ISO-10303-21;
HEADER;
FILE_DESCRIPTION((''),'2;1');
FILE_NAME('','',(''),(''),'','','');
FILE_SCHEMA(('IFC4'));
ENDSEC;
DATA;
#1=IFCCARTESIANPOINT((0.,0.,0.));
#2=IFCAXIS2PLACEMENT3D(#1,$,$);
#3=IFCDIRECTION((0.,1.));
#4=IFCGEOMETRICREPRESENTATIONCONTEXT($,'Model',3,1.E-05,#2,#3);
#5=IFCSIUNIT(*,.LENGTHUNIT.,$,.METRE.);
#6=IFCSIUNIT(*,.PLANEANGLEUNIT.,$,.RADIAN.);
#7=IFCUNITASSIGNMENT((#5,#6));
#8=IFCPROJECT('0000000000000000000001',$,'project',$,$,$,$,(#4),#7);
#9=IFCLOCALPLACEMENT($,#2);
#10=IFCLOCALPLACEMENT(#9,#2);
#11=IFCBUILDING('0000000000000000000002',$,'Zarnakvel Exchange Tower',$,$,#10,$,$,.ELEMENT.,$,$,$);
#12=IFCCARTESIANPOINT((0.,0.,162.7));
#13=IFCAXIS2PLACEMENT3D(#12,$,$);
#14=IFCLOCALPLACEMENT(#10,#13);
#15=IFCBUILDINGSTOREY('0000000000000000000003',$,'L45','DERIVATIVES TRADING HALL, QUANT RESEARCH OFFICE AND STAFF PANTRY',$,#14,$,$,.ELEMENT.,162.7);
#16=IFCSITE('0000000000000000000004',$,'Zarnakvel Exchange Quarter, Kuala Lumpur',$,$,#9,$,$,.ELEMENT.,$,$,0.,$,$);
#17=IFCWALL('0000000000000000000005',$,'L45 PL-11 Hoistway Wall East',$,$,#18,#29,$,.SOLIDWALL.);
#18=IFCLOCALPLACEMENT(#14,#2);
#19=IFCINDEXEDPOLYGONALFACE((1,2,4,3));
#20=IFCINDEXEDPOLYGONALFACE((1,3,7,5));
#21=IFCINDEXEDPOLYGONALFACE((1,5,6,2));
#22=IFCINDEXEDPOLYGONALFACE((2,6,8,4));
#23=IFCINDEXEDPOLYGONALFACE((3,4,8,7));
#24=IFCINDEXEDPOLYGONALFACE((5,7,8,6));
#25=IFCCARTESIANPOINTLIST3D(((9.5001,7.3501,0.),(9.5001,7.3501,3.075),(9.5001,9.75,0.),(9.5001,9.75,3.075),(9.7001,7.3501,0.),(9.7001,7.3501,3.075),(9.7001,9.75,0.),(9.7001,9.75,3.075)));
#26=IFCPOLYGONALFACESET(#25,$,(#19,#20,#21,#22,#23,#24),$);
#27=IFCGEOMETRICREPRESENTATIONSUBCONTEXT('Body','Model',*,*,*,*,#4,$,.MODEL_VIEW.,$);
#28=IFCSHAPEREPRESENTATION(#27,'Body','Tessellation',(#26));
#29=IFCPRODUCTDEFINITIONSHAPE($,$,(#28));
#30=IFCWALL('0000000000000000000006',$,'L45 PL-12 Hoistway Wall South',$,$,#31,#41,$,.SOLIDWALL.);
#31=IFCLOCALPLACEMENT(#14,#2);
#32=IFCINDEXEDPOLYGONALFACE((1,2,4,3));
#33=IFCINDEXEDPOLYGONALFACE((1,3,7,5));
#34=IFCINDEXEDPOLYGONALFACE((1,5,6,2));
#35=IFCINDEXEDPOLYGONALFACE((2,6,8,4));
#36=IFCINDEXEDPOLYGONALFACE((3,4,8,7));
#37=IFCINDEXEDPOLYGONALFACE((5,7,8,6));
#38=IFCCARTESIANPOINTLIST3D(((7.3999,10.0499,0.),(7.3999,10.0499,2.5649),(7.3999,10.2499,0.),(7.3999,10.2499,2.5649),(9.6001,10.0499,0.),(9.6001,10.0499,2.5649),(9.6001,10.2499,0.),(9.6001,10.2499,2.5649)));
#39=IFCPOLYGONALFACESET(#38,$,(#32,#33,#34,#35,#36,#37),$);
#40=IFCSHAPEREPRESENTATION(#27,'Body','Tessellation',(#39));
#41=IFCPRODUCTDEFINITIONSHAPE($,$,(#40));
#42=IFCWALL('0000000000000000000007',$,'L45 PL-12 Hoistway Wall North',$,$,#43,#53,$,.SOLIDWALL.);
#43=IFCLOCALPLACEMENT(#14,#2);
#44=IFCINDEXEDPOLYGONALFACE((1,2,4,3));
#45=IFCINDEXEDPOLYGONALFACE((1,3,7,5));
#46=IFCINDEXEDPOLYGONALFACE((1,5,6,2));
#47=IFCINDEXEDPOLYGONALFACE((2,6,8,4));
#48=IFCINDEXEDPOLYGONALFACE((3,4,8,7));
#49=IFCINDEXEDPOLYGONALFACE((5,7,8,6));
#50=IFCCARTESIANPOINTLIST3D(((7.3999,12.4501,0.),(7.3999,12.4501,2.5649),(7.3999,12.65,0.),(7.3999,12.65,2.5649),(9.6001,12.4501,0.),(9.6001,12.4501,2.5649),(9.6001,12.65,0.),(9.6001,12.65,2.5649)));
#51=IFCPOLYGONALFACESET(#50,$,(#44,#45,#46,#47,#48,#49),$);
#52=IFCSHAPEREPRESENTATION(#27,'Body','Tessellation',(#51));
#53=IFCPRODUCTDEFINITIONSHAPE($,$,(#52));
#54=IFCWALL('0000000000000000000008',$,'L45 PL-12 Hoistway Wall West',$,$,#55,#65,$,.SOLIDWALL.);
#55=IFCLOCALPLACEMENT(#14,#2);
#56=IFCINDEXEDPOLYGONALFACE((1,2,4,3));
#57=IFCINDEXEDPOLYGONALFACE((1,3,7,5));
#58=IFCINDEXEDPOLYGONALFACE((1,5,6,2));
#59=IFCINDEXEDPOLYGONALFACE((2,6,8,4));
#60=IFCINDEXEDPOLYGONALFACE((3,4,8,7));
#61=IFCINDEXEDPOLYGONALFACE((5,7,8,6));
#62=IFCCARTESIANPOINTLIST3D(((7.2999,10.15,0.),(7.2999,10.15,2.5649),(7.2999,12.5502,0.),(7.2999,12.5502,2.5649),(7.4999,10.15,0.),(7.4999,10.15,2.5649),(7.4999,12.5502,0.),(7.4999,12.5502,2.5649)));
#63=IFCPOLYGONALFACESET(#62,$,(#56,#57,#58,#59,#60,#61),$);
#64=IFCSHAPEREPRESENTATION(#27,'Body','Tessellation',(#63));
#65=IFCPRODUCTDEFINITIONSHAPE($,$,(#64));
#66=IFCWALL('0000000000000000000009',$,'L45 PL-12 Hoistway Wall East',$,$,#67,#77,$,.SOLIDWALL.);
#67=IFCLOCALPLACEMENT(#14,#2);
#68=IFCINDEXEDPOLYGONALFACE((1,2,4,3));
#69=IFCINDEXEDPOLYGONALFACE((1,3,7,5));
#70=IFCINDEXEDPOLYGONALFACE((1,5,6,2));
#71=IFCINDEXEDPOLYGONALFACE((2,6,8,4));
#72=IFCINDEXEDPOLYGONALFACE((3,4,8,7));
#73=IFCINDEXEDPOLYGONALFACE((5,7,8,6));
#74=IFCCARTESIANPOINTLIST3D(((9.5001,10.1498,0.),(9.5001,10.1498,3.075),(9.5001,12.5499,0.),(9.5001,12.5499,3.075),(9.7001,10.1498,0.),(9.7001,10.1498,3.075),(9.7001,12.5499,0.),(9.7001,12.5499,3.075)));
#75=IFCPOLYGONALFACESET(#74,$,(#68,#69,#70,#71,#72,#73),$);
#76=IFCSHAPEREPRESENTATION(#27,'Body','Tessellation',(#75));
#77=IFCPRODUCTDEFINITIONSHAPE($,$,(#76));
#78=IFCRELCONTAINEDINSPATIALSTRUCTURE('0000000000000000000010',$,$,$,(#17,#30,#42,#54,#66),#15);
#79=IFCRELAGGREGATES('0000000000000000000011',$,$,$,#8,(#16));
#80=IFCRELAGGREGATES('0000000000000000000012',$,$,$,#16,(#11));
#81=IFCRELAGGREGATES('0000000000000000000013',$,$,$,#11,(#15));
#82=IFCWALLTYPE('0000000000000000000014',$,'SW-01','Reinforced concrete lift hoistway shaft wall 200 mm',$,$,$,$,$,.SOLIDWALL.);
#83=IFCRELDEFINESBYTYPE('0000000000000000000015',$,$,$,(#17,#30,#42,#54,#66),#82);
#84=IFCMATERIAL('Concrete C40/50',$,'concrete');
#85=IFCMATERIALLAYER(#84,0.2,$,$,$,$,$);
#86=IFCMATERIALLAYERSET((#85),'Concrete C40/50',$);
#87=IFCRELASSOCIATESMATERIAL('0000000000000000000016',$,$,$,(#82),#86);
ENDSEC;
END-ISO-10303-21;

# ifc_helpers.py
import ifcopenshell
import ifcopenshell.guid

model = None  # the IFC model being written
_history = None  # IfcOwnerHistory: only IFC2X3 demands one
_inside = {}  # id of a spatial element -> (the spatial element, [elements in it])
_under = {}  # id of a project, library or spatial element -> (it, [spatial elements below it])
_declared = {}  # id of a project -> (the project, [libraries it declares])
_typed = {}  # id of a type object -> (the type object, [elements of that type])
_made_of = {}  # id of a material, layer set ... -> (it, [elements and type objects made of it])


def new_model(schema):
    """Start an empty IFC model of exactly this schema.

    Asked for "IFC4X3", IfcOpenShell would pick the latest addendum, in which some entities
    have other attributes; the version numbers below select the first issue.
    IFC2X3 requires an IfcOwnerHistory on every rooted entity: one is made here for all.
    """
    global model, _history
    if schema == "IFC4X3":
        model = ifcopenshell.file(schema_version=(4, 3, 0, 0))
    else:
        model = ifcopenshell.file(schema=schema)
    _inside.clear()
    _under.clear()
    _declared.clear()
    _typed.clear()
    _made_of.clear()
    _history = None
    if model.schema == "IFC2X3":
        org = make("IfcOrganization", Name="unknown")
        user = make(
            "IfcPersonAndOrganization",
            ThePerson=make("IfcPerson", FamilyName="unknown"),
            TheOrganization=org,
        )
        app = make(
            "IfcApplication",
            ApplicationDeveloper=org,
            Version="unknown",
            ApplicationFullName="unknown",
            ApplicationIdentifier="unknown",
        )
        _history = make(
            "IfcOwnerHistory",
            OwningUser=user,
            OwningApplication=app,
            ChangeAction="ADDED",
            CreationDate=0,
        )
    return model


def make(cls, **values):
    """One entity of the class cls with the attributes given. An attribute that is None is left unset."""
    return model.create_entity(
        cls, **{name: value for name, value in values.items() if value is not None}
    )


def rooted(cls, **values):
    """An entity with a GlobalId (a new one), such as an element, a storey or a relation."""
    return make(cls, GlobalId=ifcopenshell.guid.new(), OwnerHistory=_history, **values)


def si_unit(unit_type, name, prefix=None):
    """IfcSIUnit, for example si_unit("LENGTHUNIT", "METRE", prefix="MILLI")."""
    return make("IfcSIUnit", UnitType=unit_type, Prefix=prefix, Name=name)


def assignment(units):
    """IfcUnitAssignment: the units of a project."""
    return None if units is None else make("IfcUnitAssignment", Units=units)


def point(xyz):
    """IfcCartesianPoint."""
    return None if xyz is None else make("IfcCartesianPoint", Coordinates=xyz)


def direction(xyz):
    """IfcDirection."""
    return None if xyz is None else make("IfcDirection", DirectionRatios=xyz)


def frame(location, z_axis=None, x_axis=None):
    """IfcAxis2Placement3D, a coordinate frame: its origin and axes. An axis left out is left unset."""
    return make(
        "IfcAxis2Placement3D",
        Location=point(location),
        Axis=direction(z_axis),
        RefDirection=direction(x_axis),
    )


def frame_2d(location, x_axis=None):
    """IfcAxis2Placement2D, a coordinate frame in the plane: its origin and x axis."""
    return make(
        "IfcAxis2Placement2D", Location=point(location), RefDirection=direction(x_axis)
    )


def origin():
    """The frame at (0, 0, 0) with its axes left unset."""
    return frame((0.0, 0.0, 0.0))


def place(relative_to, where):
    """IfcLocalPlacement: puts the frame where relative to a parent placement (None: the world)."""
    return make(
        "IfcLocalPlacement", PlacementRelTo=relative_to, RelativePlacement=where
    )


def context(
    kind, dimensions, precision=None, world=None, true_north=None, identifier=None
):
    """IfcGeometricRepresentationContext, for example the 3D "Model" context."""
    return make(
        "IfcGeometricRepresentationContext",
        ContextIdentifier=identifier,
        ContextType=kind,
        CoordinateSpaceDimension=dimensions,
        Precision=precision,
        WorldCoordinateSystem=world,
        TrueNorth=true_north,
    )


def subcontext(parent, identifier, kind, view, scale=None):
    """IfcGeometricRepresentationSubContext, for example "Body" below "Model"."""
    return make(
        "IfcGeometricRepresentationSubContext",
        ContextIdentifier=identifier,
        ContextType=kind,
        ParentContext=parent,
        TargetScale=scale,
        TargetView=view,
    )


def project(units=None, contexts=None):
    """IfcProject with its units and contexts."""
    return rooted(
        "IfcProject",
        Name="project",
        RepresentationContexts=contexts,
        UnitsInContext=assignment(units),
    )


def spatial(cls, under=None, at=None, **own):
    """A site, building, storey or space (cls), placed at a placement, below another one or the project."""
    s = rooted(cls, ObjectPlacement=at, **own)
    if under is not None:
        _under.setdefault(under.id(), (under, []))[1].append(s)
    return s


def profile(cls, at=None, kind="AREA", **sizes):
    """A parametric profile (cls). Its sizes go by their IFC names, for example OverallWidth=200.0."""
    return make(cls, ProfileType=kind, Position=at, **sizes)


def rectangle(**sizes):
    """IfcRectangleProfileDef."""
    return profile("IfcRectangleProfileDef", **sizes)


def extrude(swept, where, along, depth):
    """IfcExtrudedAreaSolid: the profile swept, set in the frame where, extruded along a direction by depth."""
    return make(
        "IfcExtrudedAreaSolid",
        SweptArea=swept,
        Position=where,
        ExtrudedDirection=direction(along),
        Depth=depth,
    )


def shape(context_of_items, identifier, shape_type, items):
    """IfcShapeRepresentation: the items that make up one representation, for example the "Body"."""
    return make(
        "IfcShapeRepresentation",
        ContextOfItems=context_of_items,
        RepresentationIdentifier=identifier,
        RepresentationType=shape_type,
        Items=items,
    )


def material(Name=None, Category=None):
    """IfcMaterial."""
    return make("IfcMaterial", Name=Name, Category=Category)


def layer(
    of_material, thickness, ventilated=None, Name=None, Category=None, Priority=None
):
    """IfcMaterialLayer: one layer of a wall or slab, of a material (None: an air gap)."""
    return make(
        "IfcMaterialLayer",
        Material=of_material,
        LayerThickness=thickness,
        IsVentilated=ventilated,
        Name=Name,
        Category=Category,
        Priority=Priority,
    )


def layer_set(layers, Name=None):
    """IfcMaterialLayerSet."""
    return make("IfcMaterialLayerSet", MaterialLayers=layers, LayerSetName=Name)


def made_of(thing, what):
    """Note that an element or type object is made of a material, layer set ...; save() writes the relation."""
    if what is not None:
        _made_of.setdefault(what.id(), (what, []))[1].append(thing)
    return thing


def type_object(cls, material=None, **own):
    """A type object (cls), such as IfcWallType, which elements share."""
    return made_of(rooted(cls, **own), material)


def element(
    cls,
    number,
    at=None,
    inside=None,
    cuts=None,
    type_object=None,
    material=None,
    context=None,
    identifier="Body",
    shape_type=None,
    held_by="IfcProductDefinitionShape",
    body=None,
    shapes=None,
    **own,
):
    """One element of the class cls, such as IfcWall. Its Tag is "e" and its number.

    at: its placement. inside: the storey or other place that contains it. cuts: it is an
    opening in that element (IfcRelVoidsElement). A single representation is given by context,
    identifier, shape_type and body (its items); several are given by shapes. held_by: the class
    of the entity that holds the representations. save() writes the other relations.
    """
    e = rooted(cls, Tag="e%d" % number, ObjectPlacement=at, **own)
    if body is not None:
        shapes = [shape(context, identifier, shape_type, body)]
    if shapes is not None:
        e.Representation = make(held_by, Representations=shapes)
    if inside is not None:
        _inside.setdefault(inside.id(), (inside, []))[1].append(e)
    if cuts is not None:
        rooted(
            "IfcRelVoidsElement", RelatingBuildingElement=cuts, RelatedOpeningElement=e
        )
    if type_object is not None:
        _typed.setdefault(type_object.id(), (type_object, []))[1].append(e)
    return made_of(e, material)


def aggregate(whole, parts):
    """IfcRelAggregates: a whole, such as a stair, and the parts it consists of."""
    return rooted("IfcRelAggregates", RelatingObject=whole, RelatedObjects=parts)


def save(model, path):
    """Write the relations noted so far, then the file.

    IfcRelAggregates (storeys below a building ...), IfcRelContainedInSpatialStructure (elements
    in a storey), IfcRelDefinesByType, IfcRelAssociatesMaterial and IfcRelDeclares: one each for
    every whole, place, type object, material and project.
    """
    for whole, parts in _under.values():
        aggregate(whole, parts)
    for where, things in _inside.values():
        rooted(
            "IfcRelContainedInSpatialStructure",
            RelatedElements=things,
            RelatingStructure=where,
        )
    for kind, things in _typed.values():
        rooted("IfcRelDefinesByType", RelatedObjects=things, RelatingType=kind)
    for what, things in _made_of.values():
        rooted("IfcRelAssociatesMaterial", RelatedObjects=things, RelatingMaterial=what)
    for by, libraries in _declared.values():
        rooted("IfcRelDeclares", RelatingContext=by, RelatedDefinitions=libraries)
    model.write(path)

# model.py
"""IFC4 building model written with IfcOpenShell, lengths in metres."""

from ifc_helpers import new_model, si_unit, direction, frame, frame_2d, origin, place, context, subcontext, project, spatial, rectangle, extrude, material, layer, layer_set, type_object, element, save


model = new_model("IFC4")

# Units and contexts
model_context = context("Model", 3, precision=1e-05, world=origin(), true_north=direction((0.0, 1.0)))
body_context = subcontext(model_context, "Body", "Model", "MODEL_VIEW")
ifc_project = project(units=[si_unit("LENGTHUNIT", "METRE"), si_unit("PLANEANGLEUNIT", "RADIAN")], contexts=[model_context])

# Site, building, storey
site_placement = place(None, origin())
site = spatial("IfcSite", under=ifc_project, at=site_placement, Name="Zarnakvel Exchange Quarter, Kuala Lumpur", CompositionType="ELEMENT", RefElevation=0.0)
building_placement = place(site_placement, origin())
building = spatial("IfcBuilding", under=site, at=building_placement, Name="Zarnakvel Exchange Tower", CompositionType="ELEMENT")
storey_placement = place(building_placement, frame((0.0, 0.0, 162.7)))
storey = spatial("IfcBuildingStorey", under=building, at=storey_placement, Name="L45", Description="DERIVATIVES TRADING HALL, QUANT RESEARCH OFFICE AND STAFF PANTRY", CompositionType="ELEMENT", Elevation=162.7)

# Walls
ifc_material_1 = material(Name="Concrete C40/50", Category="concrete")
ifc_layer_1 = layer(ifc_material_1, 0.2)
ifc_layer_set_1 = layer_set([ifc_layer_1], Name="Concrete C40/50")
wall_type_1 = type_object("IfcWallType", Name="SW-01", Description="Reinforced concrete lift hoistway shaft wall 200 mm", PredefinedType="SOLIDWALL", material=ifc_layer_set_1)
wall_1_placement = place(storey_placement, frame((9.6001, 9.75, 0.0), z_axis=(0.0, 0.0, 1.0), x_axis=(0.0, -1.0, 0.0)))
element("IfcWall", 1, at=wall_1_placement, inside=storey, type_object=wall_type_1, Name="L45 PL-11 Hoistway Wall East", PredefinedType="SOLIDWALL", context=body_context, shape_type="SweptSolid", body=[
    extrude(rectangle(XDim=2.3999, YDim=0.2, at=frame_2d((1.2, 0.0))), origin(), (0.0, 0.0, 1.0), 3.075),
])
for number, where, z_axis, x_axis, name in (
    (2, (9.6001, 10.1499, 0.0), (0.0, 0.0, 1.0), (-1.0, 0.0, 0.0), "L45 PL-12 Hoistway Wall South"),
    (3, (7.3999, 12.55, 0.0), (0.0, 0.0, 1.0), (1.0, 0.0, 0.0), "L45 PL-12 Hoistway Wall North"),
):
    element("IfcWall", number, at=place(storey_placement, frame(where, z_axis=z_axis, x_axis=x_axis)), inside=storey, type_object=wall_type_1, Name=name, PredefinedType="SOLIDWALL", context=body_context, shape_type="SweptSolid", body=[
        extrude(rectangle(XDim=2.2002, YDim=0.2, at=frame_2d((1.1001, 0.0))), origin(), (0.0, 0.0, 1.0), 2.5649),
    ])
wall_2_placement = place(storey_placement, frame((7.3999, 10.1499, 0.0), z_axis=(0.0, 0.0, 1.0), x_axis=(0.0, 1.0, 0.0)))
element("IfcWall", 4, at=wall_2_placement, inside=storey, type_object=wall_type_1, Name="L45 PL-12 Hoistway Wall West", PredefinedType="SOLIDWALL", context=body_context, shape_type="SweptSolid", body=[
    extrude(rectangle(XDim=2.4001, YDim=0.2, at=frame_2d((1.2002, 0.0))), origin(), (0.0, 0.0, 1.0), 2.5649),
])
wall_3_placement = place(storey_placement, frame((9.6001, 12.55, 0.0), z_axis=(0.0, 0.0, 1.0), x_axis=(0.0, -1.0, 0.0)))
element("IfcWall", 5, at=wall_3_placement, inside=storey, type_object=wall_type_1, Name="L45 PL-12 Hoistway Wall East", PredefinedType="SOLIDWALL", context=body_context, shape_type="SweptSolid", body=[
    extrude(rectangle(XDim=2.4001, YDim=0.2, at=frame_2d((1.2002, 0.0))), origin(), (0.0, 0.0, 1.0), 3.075),
])

save(model, "model.ifc")
